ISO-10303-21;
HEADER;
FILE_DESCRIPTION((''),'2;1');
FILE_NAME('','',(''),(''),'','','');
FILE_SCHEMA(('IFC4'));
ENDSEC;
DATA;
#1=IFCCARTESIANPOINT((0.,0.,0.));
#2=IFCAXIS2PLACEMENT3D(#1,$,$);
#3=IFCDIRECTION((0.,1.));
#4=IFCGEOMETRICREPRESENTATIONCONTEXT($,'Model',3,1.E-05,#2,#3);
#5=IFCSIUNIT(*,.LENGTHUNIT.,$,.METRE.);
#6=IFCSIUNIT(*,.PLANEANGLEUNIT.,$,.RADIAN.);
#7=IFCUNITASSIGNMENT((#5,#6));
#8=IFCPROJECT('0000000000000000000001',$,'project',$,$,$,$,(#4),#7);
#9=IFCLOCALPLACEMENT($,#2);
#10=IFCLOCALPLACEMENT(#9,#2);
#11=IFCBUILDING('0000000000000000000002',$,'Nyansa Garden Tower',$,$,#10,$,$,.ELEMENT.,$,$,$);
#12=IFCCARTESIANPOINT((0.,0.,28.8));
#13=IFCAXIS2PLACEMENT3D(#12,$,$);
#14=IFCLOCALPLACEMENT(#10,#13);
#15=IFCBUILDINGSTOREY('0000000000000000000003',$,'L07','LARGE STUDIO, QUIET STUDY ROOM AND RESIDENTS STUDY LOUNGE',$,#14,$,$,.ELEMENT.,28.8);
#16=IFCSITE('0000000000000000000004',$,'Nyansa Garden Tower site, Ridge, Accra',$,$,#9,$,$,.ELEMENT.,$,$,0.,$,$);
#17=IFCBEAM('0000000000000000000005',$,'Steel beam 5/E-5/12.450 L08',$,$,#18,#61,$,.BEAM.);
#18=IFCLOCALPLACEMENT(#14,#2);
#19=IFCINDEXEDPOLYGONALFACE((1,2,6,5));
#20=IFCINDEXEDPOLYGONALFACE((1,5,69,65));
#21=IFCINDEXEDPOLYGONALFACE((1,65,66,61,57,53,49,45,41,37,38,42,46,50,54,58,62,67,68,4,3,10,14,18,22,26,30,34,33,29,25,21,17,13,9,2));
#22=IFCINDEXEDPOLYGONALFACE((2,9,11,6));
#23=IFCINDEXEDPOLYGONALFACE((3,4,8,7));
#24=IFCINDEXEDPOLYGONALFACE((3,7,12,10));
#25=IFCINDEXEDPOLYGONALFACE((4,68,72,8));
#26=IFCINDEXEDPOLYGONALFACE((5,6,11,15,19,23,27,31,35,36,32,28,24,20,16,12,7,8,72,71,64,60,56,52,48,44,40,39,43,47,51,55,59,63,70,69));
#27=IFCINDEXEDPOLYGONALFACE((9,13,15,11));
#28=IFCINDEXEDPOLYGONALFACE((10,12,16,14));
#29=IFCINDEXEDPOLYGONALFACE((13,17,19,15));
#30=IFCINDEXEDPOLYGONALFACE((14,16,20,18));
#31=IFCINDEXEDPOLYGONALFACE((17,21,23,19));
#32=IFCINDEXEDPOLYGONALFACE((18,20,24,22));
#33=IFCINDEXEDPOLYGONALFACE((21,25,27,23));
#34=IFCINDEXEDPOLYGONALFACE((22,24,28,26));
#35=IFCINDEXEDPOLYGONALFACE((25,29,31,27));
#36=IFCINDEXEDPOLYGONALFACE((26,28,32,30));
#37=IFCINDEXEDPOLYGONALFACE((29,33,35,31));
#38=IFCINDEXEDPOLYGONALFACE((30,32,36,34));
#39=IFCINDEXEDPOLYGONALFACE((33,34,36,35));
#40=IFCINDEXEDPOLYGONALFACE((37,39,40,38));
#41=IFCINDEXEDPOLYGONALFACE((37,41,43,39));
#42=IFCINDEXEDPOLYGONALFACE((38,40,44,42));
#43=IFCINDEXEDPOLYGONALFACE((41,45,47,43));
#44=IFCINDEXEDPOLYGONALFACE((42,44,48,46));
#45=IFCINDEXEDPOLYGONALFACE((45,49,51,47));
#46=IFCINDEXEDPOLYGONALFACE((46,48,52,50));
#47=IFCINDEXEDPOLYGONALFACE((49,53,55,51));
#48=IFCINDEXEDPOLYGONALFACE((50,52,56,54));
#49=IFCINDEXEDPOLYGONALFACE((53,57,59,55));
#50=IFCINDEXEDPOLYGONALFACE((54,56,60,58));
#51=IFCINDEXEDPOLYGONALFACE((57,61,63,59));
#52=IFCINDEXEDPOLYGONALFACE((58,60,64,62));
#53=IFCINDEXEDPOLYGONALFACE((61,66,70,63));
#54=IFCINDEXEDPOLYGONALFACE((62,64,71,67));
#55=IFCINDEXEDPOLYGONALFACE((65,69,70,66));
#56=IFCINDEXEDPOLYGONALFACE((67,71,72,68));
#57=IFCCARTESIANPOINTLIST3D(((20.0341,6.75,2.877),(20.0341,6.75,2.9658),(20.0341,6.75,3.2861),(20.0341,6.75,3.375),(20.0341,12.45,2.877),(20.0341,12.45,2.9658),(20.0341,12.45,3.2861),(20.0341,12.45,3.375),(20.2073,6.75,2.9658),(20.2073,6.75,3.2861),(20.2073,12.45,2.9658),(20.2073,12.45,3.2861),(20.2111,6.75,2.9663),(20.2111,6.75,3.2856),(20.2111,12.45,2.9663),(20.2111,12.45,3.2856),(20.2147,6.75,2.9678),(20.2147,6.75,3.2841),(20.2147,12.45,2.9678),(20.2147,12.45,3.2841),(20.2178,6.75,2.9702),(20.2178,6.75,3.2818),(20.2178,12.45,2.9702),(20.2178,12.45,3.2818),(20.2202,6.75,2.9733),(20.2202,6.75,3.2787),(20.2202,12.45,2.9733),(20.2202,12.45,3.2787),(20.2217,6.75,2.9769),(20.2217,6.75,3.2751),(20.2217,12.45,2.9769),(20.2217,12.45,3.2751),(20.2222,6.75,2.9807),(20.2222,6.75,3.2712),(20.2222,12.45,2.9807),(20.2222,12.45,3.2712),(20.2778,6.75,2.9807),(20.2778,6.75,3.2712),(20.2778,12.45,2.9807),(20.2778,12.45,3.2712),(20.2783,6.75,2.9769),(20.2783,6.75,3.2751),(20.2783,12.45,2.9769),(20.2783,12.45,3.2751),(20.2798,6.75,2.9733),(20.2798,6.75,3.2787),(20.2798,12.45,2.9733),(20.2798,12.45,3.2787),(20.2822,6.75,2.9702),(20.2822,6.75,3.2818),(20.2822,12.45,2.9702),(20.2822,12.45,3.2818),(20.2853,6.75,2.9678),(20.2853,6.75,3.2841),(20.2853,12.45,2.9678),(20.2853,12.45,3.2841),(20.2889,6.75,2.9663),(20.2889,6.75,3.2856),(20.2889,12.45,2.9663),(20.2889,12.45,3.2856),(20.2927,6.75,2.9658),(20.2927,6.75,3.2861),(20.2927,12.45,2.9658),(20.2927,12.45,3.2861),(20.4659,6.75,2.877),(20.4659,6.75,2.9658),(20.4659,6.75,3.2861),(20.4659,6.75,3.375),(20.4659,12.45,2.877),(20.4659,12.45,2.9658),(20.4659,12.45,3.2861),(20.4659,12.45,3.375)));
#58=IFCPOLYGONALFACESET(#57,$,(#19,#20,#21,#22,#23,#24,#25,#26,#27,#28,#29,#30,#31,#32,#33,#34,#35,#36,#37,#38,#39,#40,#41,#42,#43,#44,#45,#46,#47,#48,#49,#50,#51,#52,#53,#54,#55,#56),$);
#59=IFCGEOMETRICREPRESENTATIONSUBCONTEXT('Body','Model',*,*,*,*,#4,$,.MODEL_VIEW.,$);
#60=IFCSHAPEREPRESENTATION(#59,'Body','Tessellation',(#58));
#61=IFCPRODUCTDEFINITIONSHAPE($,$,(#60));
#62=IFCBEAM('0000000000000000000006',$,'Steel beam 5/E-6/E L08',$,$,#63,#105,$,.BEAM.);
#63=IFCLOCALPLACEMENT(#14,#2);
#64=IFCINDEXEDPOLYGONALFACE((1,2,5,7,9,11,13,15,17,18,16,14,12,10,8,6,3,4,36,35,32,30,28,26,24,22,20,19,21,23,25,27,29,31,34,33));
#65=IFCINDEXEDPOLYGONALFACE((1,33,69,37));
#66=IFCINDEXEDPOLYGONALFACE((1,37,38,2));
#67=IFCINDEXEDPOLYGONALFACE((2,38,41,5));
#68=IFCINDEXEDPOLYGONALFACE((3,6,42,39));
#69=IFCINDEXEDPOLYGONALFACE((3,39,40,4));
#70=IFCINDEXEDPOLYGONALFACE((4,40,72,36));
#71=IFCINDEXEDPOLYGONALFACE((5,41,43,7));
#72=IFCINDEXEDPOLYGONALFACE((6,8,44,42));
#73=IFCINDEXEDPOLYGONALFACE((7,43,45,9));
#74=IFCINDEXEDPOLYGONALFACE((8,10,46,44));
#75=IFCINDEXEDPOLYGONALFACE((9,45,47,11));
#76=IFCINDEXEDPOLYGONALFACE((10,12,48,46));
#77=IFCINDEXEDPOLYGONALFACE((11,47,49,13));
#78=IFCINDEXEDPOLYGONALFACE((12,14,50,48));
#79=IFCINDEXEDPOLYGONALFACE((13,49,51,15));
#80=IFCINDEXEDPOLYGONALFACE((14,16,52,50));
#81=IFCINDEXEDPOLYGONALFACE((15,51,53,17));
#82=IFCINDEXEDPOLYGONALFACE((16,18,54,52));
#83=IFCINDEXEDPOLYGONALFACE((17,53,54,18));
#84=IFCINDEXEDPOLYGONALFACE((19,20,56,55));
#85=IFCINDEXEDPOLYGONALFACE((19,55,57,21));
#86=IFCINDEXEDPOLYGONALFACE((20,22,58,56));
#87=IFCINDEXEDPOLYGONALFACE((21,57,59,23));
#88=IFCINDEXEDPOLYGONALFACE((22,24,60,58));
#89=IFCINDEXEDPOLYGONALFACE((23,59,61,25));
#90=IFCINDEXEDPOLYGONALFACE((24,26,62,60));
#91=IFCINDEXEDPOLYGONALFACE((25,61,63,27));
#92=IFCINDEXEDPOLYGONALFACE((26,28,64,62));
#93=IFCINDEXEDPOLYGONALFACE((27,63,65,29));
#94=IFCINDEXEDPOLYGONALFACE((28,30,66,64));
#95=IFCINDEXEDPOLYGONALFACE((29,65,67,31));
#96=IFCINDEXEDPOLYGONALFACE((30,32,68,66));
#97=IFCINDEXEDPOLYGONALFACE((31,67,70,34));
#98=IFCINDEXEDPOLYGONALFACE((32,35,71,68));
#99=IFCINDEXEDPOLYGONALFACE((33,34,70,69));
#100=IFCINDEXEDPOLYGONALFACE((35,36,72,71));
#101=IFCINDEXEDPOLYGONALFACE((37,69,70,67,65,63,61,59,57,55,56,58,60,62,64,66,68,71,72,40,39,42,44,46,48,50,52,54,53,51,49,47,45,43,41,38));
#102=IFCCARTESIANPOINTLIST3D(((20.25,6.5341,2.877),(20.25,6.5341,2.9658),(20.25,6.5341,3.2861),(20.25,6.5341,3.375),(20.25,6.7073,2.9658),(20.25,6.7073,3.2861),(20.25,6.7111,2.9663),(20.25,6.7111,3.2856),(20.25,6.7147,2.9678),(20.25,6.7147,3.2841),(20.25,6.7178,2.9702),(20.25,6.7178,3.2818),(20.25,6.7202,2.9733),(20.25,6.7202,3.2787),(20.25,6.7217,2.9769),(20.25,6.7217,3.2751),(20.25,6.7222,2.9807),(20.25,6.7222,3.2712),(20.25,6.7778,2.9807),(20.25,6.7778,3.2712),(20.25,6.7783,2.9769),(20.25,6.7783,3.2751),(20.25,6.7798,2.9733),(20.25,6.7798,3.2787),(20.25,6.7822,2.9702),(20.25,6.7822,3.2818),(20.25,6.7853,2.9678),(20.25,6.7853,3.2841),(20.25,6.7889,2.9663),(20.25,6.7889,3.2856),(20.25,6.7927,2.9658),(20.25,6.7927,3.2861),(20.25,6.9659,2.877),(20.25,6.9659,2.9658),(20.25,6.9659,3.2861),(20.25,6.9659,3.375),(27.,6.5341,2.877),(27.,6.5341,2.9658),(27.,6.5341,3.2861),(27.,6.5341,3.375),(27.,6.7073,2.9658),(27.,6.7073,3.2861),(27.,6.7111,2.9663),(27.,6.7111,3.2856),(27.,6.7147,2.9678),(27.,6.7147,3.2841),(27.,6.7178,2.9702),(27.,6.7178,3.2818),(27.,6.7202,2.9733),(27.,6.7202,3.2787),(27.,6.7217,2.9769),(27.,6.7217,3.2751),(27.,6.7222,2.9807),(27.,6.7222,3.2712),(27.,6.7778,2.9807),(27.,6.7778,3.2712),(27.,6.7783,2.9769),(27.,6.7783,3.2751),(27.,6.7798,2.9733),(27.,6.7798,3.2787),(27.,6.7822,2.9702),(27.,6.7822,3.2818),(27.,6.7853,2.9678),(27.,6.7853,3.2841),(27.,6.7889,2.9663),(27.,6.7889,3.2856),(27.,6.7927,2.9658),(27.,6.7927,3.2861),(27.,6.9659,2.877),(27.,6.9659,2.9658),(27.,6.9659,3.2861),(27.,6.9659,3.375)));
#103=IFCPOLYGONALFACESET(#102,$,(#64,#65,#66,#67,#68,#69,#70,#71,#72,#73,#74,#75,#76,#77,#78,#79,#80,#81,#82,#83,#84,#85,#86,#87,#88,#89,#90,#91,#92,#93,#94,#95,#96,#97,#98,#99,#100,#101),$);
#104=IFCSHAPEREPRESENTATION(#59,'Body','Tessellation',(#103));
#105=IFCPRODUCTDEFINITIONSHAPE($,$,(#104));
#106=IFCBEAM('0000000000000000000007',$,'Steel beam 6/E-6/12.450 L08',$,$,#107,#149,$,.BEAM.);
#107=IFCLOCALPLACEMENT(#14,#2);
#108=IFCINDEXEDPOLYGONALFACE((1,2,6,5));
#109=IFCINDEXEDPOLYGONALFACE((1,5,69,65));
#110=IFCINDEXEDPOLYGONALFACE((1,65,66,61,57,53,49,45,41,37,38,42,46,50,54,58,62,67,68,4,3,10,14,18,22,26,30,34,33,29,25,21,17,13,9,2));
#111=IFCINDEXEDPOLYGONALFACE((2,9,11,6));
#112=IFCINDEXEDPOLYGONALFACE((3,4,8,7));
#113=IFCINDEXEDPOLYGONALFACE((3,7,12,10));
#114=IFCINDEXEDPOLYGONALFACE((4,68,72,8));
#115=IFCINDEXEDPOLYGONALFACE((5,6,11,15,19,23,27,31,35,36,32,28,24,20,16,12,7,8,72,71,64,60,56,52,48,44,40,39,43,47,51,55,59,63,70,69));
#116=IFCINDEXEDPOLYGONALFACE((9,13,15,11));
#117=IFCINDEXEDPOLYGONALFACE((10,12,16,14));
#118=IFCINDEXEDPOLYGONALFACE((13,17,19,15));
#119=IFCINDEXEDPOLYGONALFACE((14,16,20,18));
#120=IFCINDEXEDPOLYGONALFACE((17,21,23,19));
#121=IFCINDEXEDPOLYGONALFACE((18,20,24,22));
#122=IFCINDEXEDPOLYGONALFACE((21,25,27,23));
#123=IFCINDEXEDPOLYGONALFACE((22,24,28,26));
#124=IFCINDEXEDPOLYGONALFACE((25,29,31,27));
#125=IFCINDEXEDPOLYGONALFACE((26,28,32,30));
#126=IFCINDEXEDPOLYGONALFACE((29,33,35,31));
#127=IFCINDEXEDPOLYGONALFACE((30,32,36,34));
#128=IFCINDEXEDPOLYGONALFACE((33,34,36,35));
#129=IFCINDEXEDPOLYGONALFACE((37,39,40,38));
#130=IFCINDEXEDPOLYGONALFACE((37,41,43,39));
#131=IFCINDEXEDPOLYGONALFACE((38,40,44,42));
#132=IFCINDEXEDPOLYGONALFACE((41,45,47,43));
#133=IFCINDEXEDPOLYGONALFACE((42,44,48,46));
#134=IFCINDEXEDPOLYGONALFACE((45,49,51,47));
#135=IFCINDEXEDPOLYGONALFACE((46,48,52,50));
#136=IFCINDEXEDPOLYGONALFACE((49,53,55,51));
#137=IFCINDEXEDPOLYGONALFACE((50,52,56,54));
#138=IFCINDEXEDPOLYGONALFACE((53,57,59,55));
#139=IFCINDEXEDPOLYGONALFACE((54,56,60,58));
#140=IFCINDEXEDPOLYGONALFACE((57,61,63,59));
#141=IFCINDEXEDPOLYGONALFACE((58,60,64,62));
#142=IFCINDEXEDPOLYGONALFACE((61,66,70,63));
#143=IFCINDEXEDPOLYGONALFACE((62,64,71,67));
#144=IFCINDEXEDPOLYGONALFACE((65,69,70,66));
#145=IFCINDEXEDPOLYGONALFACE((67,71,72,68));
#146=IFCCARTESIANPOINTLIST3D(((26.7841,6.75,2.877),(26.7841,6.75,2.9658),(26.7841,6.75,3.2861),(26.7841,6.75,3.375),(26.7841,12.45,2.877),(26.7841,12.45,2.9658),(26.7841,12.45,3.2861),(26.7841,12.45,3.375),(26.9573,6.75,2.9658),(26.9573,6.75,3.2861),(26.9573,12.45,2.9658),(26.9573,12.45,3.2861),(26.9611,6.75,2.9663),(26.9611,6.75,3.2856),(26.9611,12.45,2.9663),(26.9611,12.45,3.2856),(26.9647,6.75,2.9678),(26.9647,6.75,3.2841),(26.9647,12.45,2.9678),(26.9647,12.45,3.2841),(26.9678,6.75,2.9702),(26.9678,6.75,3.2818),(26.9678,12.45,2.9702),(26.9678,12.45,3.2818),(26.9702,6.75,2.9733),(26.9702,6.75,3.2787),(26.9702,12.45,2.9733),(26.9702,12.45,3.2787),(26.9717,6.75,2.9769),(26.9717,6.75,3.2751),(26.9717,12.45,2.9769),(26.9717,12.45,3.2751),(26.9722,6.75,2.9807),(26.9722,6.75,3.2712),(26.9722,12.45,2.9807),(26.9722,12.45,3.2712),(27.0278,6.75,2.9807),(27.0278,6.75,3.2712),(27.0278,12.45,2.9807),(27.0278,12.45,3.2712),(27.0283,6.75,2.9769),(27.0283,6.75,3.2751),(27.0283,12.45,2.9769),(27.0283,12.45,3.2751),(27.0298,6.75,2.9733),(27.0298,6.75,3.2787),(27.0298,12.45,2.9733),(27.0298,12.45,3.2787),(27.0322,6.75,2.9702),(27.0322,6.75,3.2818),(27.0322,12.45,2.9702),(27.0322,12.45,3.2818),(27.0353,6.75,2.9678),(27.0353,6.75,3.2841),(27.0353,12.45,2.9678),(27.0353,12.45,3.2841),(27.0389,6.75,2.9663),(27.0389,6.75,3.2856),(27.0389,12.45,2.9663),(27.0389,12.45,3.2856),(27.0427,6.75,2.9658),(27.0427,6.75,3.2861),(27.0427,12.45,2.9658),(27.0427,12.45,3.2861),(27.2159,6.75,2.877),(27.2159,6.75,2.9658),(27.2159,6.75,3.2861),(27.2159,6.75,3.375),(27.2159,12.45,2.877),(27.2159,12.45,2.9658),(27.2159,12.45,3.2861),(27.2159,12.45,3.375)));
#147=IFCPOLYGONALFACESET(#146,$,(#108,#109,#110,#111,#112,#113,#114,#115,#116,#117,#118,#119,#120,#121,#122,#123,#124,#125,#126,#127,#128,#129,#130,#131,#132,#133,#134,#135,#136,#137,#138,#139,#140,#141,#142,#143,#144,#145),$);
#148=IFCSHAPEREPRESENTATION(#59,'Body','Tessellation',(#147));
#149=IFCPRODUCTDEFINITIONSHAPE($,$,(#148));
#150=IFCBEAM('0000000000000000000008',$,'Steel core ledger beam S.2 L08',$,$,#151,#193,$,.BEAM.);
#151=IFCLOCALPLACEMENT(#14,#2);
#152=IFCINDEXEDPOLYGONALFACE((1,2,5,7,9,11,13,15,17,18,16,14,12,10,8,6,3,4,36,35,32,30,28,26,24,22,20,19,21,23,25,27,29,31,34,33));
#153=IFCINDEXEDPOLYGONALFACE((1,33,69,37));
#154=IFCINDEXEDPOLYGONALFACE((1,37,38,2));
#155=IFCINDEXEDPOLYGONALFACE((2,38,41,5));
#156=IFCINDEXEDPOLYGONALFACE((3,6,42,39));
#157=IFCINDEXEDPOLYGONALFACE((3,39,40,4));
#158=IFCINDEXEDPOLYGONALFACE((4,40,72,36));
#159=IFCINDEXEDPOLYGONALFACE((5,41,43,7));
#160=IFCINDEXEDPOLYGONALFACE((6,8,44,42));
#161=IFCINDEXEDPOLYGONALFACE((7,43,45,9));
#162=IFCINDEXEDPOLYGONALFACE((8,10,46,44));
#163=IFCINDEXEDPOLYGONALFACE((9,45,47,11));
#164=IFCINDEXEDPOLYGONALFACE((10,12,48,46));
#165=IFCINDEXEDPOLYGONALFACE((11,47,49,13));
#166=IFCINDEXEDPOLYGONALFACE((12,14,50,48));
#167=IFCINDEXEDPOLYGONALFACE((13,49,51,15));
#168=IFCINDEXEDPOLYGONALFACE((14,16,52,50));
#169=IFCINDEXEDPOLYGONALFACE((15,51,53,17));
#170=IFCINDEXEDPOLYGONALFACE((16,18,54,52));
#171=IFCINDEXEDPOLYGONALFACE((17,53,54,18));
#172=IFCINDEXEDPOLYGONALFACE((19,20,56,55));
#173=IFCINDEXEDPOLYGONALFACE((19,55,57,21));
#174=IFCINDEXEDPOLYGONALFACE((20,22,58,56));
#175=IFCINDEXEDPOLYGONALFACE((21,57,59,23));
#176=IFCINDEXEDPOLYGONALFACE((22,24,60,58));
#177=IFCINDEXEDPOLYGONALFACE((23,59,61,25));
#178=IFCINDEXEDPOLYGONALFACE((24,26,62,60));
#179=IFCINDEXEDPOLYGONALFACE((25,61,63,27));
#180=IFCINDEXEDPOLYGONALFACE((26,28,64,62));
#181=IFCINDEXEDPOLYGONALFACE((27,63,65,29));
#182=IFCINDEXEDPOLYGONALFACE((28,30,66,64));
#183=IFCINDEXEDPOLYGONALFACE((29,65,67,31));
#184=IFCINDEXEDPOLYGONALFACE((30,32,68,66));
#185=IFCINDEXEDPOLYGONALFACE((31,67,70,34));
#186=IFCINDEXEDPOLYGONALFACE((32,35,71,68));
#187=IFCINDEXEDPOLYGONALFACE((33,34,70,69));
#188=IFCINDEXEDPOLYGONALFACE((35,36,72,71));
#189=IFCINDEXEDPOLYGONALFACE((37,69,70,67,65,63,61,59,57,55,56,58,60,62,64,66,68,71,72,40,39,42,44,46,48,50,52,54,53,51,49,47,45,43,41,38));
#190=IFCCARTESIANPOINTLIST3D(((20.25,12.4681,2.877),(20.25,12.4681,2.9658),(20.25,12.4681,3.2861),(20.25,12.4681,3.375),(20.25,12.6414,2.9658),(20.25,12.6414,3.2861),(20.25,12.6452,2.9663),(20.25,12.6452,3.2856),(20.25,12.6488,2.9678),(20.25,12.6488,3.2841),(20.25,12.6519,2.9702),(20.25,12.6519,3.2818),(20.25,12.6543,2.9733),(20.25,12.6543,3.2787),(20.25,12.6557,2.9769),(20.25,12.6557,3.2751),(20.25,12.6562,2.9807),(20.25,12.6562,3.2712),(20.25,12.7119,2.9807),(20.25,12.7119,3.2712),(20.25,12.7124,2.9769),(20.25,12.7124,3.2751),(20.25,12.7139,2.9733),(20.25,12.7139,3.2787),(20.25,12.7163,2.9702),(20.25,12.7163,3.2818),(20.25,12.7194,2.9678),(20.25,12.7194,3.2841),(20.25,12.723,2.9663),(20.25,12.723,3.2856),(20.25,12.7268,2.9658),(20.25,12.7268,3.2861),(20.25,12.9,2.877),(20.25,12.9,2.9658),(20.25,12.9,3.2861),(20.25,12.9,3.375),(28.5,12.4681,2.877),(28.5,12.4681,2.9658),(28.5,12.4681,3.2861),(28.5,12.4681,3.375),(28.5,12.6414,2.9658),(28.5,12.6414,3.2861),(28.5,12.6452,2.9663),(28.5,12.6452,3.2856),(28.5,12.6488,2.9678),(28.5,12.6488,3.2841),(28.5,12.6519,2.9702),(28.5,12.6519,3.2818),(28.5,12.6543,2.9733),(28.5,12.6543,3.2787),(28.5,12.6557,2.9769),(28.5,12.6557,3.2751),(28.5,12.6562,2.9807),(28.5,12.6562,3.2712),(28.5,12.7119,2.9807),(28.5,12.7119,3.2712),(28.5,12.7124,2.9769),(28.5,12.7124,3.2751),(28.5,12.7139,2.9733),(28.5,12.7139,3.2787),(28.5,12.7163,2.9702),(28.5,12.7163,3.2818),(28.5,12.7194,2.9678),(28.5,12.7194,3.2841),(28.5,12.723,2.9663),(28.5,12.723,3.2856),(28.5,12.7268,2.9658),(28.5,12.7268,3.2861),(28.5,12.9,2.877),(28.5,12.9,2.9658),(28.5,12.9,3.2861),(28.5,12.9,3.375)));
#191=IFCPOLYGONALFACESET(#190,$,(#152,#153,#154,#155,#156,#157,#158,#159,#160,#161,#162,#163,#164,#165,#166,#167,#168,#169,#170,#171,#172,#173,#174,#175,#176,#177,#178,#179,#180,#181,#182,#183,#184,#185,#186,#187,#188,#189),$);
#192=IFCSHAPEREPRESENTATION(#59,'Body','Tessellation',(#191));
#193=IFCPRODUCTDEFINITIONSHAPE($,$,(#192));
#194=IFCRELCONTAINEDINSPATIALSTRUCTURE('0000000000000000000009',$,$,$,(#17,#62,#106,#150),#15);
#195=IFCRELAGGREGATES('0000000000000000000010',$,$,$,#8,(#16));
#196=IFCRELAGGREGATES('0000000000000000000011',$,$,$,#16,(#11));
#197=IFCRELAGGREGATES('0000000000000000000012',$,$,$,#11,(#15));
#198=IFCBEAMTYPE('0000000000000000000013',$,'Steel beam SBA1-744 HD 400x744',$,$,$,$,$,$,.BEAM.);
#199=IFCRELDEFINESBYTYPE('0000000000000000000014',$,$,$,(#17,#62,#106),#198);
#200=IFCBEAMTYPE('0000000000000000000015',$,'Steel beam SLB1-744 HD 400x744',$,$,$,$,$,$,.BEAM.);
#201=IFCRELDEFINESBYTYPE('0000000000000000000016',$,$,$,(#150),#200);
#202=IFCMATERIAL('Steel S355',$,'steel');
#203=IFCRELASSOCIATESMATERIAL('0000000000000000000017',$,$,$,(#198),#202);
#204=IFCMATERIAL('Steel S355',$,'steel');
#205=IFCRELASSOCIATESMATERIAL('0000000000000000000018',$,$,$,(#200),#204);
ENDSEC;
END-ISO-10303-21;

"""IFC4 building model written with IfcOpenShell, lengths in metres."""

from ifc_helpers import new_model, si_unit, direction, frame, origin, origin_2d, place, context, subcontext, project, spatial, i_section, extrude, material, material_profile, profile_set, type_object, element, save


model = new_model("IFC4")

# Units and contexts
model_context = context("Model", 3, precision=1e-05, world=origin(), true_north=direction((0.0, 1.0)))
body_context = subcontext(model_context, "Body", "Model", "MODEL_VIEW")
ifc_project = project(units=[si_unit("LENGTHUNIT", "METRE"), si_unit("PLANEANGLEUNIT", "RADIAN")], contexts=[model_context])

# Site, building, storey
site_placement = place(None, origin())
site = spatial("IfcSite", under=ifc_project, at=site_placement, Name="Nyansa Garden Tower site, Ridge, Accra", CompositionType="ELEMENT", RefElevation=0.0)
building_placement = place(site_placement, origin())
building = spatial("IfcBuilding", under=site, at=building_placement, Name="Nyansa Garden Tower", CompositionType="ELEMENT")
storey_placement = place(building_placement, frame((0.0, 0.0, 28.8)))
storey = spatial("IfcBuildingStorey", under=building, at=storey_placement, Name="L07", Description="LARGE STUDIO, QUIET STUDY ROOM AND RESIDENTS STUDY LOUNGE", CompositionType="ELEMENT", Elevation=28.8)

# Beams
ifc_material_1 = material(Name="Steel S355", Category="steel")
ifc_material_profile_1 = material_profile(ifc_material_1, i_section(OverallWidth=0.4319, OverallDepth=0.498, WebThickness=0.0557, FlangeThickness=0.0889, FilletRadius=0.0149, at=origin_2d()), Name="HD 400x744")
ifc_profile_set_1 = profile_set([ifc_material_profile_1], Name="Steel S355")
beam_type_1 = type_object("IfcBeamType", Name="Steel beam SBA1-744 HD 400x744", PredefinedType="BEAM", material=ifc_profile_set_1)
beam_1_placement = place(storey_placement, frame((20.25, 6.75, 3.126), z_axis=(0.0, 1.0, 0.0), x_axis=(-1.0, 0.0, 0.0)))
element("IfcBeam", 1, at=beam_1_placement, inside=storey, type_object=beam_type_1, Name="Steel beam 5/E-5/12.450 L08", PredefinedType="BEAM", context=body_context, shape_type="SweptSolid", body=[
    extrude(i_section(OverallWidth=0.4319, OverallDepth=0.498, WebThickness=0.0557, FlangeThickness=0.0889, FilletRadius=0.0149, at=origin_2d()), origin(), (0.0, 0.0, 1.0), 5.7),
])
beam_2_placement = place(storey_placement, frame((20.25, 6.75, 3.126), z_axis=(1.0, 0.0, 0.0), x_axis=(0.0, 1.0, 0.0)))
element("IfcBeam", 2, at=beam_2_placement, inside=storey, type_object=beam_type_1, Name="Steel beam 5/E-6/E L08", PredefinedType="BEAM", context=body_context, shape_type="SweptSolid", body=[
    extrude(i_section(OverallWidth=0.4319, OverallDepth=0.498, WebThickness=0.0557, FlangeThickness=0.0889, FilletRadius=0.0149, at=origin_2d()), origin(), (0.0, 0.0, 1.0), 6.75),
])
beam_3_placement = place(storey_placement, frame((27.0, 6.75, 3.126), z_axis=(0.0, 1.0, 0.0), x_axis=(-1.0, 0.0, 0.0)))
element("IfcBeam", 3, at=beam_3_placement, inside=storey, type_object=beam_type_1, Name="Steel beam 6/E-6/12.450 L08", PredefinedType="BEAM", context=body_context, shape_type="SweptSolid", body=[
    extrude(i_section(OverallWidth=0.4319, OverallDepth=0.498, WebThickness=0.0557, FlangeThickness=0.0889, FilletRadius=0.0149, at=origin_2d()), origin(), (0.0, 0.0, 1.0), 5.7),
])
ifc_material_2 = material(Name="Steel S355", Category="steel")
ifc_material_profile_2 = material_profile(ifc_material_2, i_section(OverallWidth=0.4319, OverallDepth=0.498, WebThickness=0.0557, FlangeThickness=0.0889, FilletRadius=0.0149, at=origin_2d()), Name="HD 400x744")
ifc_profile_set_2 = profile_set([ifc_material_profile_2], Name="Steel S355")
beam_type_2 = type_object("IfcBeamType", Name="Steel beam SLB1-744 HD 400x744", PredefinedType="BEAM", material=ifc_profile_set_2)
beam_4_placement = place(storey_placement, frame((20.25, 12.6841, 3.126), z_axis=(1.0, 0.0, 0.0), x_axis=(0.0, 1.0, 0.0)))
element("IfcBeam", 4, at=beam_4_placement, inside=storey, type_object=beam_type_2, Name="Steel core ledger beam S.2 L08", PredefinedType="BEAM", context=body_context, shape_type="SweptSolid", body=[
    extrude(i_section(OverallWidth=0.4319, OverallDepth=0.498, WebThickness=0.0557, FlangeThickness=0.0889, FilletRadius=0.0149, at=origin_2d()), origin(), (0.0, 0.0, 1.0), 8.25),
])

save(model, "model.ifc")
